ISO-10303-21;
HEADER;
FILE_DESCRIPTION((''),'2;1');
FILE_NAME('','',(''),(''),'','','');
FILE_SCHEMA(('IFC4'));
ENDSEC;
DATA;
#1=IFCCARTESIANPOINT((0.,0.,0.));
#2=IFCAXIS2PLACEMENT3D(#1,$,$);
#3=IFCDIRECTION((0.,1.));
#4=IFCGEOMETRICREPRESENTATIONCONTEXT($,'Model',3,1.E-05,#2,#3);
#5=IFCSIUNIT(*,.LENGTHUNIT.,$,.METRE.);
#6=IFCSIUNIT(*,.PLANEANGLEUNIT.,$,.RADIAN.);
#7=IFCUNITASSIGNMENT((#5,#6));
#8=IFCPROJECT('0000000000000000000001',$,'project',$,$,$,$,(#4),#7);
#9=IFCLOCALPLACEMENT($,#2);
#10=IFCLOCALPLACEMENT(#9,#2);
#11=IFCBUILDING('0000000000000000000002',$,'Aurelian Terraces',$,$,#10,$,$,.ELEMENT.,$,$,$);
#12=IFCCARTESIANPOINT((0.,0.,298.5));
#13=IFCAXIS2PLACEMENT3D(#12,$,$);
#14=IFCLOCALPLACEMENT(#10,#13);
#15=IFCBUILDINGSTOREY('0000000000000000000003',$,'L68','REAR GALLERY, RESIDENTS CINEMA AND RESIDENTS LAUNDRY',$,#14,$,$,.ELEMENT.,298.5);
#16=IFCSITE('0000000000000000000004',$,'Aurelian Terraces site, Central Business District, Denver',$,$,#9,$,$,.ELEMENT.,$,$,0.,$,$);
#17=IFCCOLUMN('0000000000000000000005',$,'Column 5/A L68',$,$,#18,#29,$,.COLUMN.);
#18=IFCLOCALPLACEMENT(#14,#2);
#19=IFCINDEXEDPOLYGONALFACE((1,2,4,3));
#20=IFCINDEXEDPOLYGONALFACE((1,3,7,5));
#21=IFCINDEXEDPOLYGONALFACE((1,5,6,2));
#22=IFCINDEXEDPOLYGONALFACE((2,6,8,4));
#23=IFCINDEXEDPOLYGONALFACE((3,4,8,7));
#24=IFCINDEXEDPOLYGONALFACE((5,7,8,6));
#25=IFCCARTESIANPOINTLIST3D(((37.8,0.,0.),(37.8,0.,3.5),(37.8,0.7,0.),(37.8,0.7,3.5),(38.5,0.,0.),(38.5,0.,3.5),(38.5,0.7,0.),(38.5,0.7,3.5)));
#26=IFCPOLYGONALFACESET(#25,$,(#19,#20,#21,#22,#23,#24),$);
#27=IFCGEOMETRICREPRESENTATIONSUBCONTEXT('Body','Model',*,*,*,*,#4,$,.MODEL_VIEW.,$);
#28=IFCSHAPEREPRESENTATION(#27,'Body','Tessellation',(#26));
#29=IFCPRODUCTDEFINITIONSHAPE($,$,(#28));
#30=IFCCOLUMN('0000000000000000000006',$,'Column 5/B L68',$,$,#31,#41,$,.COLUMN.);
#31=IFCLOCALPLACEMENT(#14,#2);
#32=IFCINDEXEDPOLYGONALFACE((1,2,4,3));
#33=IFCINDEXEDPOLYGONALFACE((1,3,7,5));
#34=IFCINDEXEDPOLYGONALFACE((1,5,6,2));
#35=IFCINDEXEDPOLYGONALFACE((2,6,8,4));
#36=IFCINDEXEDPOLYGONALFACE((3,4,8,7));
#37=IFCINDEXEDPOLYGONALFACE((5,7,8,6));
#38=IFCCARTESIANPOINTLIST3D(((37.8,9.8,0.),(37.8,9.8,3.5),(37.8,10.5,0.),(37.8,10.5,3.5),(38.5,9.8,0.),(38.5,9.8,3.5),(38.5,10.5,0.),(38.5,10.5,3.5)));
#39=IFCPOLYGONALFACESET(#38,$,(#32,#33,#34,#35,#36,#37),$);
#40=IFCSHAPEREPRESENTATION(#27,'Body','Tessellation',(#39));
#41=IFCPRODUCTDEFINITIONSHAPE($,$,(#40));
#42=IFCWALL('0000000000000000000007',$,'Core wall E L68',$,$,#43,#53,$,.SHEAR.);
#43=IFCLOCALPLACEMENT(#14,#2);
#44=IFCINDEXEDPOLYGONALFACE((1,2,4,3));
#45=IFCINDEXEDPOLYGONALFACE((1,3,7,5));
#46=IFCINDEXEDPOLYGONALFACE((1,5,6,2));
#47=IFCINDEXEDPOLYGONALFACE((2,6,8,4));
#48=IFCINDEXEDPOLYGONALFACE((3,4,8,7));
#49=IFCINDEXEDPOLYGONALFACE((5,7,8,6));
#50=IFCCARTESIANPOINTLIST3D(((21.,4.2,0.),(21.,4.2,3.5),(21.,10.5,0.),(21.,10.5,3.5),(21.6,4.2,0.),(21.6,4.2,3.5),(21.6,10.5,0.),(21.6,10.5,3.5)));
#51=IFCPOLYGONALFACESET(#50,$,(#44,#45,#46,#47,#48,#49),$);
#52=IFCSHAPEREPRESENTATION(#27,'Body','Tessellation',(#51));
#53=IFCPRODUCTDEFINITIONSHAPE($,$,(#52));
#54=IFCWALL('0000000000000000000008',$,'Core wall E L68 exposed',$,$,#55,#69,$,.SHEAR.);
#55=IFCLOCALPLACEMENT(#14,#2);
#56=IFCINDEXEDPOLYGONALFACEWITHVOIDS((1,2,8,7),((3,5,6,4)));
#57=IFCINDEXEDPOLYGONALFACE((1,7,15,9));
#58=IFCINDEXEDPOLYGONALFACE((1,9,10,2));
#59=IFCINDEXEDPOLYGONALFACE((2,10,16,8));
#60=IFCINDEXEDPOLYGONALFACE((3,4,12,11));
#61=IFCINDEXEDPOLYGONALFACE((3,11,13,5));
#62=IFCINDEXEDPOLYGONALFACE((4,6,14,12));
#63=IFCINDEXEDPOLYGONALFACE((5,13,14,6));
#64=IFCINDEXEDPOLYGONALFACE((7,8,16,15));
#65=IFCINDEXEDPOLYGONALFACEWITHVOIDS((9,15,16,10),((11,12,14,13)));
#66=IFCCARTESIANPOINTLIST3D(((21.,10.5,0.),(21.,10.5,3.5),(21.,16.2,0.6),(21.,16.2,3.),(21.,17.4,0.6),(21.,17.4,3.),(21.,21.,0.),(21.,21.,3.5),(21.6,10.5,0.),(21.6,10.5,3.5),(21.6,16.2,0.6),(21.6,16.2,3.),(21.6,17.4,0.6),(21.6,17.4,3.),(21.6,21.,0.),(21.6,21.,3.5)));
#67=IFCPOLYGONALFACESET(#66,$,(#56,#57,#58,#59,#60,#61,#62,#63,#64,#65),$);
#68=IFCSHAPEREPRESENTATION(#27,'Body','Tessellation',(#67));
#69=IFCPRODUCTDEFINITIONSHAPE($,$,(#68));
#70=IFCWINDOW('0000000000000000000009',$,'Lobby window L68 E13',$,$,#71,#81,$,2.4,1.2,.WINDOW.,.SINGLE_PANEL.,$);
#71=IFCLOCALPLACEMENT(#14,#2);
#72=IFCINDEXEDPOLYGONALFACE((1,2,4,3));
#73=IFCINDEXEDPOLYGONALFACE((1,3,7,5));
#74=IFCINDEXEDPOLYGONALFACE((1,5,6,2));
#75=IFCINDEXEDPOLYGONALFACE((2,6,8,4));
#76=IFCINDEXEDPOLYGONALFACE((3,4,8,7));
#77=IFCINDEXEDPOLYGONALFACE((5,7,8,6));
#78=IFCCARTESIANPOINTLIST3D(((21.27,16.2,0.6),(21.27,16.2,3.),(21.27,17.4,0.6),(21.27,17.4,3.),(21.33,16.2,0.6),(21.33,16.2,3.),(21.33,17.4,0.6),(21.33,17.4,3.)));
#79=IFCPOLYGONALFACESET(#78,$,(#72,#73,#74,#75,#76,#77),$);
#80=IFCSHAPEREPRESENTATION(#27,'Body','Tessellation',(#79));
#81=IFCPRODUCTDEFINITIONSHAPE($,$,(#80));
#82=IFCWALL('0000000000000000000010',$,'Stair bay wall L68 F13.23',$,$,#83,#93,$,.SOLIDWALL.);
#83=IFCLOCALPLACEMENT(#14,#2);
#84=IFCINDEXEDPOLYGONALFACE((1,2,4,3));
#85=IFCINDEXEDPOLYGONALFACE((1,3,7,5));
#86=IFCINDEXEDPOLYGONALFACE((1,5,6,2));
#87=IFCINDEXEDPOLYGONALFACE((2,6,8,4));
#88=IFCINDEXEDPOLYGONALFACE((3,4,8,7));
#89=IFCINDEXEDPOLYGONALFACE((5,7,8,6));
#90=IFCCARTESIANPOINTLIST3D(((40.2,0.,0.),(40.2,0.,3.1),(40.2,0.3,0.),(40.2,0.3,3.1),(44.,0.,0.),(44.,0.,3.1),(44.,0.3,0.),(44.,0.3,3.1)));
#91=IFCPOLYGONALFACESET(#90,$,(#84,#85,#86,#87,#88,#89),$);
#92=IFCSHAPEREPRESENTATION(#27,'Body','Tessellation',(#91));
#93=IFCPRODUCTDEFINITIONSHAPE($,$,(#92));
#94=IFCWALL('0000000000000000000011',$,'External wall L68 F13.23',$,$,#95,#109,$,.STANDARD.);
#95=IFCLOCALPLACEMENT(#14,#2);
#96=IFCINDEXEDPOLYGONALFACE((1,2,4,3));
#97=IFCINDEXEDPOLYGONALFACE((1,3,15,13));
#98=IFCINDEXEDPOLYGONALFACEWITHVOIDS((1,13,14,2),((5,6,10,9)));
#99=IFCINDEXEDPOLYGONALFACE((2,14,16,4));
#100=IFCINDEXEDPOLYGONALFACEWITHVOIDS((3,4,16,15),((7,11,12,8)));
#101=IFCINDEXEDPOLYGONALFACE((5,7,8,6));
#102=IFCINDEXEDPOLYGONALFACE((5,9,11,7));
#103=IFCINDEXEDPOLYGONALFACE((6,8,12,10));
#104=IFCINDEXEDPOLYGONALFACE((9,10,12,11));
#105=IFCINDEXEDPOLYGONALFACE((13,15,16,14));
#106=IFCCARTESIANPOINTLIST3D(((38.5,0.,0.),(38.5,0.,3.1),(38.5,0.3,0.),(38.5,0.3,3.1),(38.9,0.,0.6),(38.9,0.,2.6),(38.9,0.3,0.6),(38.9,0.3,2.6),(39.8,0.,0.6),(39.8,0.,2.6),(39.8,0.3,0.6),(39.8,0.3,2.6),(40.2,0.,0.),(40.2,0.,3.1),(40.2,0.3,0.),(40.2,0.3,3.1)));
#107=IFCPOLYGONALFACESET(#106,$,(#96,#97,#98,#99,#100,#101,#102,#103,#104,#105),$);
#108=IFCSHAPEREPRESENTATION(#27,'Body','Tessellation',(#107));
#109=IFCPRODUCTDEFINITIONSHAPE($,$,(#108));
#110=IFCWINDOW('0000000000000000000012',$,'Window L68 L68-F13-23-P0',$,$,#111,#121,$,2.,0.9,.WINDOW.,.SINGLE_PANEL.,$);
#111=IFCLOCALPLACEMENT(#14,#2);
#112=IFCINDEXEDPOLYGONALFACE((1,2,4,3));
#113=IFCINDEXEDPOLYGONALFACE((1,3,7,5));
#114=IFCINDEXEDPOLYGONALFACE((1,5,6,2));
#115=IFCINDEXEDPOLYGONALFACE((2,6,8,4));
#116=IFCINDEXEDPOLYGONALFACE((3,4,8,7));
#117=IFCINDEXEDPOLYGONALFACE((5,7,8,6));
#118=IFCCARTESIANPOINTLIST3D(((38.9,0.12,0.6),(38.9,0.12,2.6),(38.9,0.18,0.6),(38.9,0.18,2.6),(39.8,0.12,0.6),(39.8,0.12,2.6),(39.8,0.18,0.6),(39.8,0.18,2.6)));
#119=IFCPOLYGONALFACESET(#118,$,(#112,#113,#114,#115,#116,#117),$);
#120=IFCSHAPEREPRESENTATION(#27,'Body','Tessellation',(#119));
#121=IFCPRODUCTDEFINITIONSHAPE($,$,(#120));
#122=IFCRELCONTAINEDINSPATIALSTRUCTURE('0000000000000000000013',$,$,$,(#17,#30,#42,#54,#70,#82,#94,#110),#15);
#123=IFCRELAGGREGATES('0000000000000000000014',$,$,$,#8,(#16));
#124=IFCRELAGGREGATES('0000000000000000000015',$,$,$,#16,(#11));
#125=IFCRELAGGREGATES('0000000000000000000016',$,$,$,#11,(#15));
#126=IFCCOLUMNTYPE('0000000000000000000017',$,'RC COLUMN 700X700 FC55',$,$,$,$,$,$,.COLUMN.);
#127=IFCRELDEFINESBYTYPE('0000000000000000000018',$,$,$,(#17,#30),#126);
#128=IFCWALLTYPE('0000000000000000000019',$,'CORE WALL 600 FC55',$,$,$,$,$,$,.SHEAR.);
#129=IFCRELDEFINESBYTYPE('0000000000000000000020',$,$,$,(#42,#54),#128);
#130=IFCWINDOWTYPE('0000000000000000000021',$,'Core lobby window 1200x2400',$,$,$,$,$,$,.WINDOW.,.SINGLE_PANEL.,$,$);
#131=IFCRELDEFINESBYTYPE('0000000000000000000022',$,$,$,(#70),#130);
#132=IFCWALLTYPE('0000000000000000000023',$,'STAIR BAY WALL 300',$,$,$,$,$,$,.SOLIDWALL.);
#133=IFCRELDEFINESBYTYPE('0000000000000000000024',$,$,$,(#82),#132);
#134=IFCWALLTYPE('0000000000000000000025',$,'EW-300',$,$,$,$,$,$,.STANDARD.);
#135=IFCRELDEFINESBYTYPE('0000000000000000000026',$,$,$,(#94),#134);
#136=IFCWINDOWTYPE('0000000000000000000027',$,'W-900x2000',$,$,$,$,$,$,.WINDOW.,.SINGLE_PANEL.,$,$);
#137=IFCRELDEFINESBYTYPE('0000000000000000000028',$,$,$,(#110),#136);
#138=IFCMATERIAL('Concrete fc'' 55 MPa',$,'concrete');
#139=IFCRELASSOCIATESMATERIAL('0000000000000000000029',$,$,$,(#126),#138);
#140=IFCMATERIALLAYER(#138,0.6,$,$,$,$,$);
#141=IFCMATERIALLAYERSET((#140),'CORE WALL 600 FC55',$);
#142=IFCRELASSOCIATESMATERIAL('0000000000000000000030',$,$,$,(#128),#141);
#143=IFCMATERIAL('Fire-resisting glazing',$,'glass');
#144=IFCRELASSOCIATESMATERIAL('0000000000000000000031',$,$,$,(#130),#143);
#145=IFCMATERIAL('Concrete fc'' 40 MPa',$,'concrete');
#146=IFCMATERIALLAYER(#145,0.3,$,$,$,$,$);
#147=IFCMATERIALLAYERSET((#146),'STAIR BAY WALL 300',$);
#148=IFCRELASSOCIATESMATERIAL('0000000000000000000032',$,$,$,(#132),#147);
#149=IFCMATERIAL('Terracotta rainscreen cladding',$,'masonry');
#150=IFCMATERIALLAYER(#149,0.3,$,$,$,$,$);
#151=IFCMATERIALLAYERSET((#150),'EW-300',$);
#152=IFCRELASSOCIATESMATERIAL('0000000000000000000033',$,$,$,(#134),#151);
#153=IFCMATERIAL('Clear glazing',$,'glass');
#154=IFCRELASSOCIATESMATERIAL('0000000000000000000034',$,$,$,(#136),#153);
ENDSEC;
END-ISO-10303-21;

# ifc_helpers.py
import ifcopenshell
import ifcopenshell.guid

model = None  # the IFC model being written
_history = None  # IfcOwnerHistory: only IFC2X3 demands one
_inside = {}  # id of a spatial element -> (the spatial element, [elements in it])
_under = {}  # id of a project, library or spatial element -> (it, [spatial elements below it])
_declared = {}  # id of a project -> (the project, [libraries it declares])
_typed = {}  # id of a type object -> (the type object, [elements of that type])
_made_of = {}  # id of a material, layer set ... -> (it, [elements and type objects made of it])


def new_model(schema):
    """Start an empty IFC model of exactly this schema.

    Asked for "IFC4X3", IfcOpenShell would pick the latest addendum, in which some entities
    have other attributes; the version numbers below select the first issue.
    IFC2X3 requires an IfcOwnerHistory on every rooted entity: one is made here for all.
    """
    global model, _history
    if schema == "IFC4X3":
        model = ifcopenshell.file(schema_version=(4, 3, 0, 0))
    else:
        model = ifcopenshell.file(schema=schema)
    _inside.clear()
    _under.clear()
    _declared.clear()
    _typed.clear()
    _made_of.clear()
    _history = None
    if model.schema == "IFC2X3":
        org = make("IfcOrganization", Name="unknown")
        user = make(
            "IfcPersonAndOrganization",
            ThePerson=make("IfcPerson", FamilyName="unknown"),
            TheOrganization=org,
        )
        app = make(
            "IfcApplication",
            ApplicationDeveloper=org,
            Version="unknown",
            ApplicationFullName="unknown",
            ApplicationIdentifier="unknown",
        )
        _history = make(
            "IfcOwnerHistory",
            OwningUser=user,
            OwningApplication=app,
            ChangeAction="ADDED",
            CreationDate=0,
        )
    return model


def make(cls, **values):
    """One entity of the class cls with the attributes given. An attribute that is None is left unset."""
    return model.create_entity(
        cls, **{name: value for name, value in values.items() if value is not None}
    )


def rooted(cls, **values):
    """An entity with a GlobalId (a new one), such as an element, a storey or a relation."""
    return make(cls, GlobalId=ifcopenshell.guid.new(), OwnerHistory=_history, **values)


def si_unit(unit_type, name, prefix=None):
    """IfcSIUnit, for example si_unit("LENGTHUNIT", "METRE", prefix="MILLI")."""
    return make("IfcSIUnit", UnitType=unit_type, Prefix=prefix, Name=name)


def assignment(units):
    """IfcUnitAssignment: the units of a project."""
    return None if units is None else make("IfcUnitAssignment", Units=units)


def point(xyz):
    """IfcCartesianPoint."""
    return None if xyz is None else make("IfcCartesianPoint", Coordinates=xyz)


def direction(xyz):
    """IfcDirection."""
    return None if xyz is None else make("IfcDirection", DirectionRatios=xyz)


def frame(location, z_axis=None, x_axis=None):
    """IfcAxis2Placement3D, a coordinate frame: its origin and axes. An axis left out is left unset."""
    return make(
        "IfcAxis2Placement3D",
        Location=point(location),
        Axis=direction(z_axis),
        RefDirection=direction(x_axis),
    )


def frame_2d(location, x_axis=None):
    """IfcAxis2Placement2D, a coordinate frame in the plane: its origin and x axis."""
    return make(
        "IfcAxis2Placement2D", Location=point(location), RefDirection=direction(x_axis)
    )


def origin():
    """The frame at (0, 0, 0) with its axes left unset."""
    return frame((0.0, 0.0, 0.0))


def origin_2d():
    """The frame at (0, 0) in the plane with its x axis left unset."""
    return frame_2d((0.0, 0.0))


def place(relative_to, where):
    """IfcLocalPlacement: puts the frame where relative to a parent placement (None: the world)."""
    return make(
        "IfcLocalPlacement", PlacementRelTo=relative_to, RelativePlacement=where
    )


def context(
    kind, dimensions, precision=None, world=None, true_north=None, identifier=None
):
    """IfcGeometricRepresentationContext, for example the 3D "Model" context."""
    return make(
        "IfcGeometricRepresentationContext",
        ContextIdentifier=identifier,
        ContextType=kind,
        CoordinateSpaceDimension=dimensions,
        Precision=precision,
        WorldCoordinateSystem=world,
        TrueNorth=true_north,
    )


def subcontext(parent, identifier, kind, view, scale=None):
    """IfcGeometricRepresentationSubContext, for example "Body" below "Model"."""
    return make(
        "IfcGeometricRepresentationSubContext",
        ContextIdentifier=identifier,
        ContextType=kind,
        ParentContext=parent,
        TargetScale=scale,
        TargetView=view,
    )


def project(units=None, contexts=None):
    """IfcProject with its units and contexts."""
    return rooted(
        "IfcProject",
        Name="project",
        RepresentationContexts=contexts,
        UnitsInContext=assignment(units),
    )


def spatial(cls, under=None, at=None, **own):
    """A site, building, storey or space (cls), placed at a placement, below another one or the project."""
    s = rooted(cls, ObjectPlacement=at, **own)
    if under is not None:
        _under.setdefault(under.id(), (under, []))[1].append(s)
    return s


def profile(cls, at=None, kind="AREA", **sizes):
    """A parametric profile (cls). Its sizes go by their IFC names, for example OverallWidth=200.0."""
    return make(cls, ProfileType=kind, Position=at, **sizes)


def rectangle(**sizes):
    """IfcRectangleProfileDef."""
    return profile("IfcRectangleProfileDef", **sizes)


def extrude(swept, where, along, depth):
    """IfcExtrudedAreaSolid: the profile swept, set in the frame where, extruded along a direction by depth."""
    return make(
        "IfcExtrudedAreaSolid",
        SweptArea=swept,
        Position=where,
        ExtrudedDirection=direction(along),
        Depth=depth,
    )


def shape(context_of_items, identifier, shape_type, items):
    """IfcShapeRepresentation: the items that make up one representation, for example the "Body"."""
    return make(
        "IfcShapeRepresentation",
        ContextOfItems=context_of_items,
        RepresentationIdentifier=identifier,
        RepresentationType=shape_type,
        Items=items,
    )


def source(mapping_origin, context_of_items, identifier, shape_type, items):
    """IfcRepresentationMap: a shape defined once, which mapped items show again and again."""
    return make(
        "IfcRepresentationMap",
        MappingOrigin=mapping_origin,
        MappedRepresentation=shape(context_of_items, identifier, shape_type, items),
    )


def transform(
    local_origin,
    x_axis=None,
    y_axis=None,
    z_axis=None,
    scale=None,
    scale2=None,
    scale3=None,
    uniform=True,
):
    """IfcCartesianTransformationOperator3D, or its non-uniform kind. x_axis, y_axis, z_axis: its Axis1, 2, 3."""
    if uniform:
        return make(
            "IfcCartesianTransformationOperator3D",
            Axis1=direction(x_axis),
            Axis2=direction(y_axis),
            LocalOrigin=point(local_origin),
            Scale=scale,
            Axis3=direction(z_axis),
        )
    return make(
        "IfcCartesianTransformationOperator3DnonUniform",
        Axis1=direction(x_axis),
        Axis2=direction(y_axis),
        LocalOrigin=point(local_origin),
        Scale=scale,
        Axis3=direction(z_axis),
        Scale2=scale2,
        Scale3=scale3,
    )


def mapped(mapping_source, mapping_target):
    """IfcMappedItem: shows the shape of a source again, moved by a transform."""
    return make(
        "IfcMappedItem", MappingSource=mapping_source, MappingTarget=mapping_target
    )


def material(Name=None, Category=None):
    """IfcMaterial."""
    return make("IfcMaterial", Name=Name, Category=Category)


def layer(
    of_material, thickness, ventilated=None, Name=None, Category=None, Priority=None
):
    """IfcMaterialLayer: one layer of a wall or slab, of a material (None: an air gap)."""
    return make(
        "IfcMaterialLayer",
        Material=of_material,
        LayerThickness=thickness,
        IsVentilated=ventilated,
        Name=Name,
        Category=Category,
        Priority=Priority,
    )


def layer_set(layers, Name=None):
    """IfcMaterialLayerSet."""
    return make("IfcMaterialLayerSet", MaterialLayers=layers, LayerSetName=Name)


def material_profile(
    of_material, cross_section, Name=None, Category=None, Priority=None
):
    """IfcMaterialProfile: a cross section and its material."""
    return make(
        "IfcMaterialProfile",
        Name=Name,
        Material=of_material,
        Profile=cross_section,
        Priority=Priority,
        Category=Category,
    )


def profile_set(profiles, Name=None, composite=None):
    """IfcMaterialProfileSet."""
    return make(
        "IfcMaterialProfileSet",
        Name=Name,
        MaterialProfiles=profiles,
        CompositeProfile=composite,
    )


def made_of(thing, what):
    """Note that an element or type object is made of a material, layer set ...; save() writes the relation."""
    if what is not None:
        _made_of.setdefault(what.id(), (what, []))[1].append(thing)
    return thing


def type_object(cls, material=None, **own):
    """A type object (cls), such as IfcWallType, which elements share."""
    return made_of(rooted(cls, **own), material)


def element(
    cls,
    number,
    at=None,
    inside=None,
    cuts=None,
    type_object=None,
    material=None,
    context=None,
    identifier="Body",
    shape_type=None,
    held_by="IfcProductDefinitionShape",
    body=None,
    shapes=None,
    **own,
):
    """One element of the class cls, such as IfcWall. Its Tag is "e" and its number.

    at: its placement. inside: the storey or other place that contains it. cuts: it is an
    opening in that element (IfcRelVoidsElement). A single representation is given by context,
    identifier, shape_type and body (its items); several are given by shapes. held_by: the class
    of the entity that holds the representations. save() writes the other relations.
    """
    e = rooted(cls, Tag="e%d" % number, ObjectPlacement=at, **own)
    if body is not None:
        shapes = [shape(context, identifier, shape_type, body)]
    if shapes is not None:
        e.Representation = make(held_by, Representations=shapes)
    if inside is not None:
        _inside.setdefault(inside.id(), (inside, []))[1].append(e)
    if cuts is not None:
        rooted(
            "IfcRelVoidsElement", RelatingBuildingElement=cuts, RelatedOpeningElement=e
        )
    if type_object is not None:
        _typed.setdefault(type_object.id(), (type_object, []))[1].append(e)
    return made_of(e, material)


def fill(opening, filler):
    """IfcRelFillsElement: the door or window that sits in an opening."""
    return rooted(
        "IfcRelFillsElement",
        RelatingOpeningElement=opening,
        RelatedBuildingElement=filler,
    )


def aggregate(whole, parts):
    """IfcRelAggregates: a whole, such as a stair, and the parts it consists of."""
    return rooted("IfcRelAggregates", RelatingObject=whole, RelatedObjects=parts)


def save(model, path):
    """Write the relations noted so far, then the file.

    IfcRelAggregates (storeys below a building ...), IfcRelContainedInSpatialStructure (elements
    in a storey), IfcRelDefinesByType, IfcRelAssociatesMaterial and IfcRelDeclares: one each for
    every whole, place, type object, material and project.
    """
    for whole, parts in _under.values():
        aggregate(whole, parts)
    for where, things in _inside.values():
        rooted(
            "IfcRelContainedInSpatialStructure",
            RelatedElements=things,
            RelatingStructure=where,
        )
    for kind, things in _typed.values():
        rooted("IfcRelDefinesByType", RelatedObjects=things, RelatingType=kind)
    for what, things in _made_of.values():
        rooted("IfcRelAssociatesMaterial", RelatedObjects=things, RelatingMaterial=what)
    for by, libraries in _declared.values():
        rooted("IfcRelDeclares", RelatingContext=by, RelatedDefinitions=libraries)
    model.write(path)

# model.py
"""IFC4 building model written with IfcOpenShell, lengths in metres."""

from ifc_helpers import new_model, si_unit, direction, frame, frame_2d, origin, origin_2d, place, context, subcontext, project, spatial, rectangle, extrude, source, transform, mapped, material, layer, layer_set, material_profile, profile_set, type_object, element, fill, save


model = new_model("IFC4")

# Units and contexts
model_context = context("Model", 3, precision=1e-05, world=origin(), true_north=direction((0.0, 1.0)))
body_context = subcontext(model_context, "Body", "Model", "MODEL_VIEW")
ifc_project = project(units=[si_unit("LENGTHUNIT", "METRE"), si_unit("PLANEANGLEUNIT", "RADIAN")], contexts=[model_context])

# Site, building, storey
site_placement = place(None, origin())
site = spatial("IfcSite", under=ifc_project, at=site_placement, Name="Aurelian Terraces site, Central Business District, Denver", CompositionType="ELEMENT", RefElevation=0.0)
building_placement = place(site_placement, origin())
building = spatial("IfcBuilding", under=site, at=building_placement, Name="Aurelian Terraces", CompositionType="ELEMENT")
storey_placement = place(building_placement, frame((0.0, 0.0, 298.5)))
storey = spatial("IfcBuildingStorey", under=building, at=storey_placement, Name="L68", Description="REAR GALLERY, RESIDENTS CINEMA AND RESIDENTS LAUNDRY", CompositionType="ELEMENT", Elevation=298.5)

# Columns
ifc_material_1 = material(Name="Concrete fc' 55 MPa", Category="concrete")
ifc_material_profile = material_profile(ifc_material_1, rectangle(XDim=0.7, YDim=0.7, at=origin_2d()))
ifc_profile_set = profile_set([ifc_material_profile], Name="Concrete fc' 55 MPa")
column_type = type_object("IfcColumnType", Name="RC COLUMN 700X700 FC55", PredefinedType="COLUMN", material=ifc_profile_set)
shared_shape_1 = source(origin(), body_context, "Body", "SweptSolid", [
    extrude(rectangle(XDim=0.7, YDim=0.7, at=origin_2d()), origin(), (0.0, 0.0, 1.0), 3.5),
])
for number, where, z_axis, x_axis, name in (
    (1, (38.15, 0.35, 0.0), (0.0, 0.0, 1.0), (1.0, 0.0, 0.0), "Column 5/A L68"),
    (2, (38.15, 10.15, 0.0), (0.0, 0.0, 1.0), (1.0, 0.0, 0.0), "Column 5/B L68"),
):
    element("IfcColumn", number, at=place(storey_placement, frame(where, z_axis=z_axis, x_axis=x_axis)), inside=storey, type_object=column_type, Name=name, PredefinedType="COLUMN", context=body_context, shape_type="MappedRepresentation", body=[
        mapped(shared_shape_1, transform((0.0, 0.0, 0.0), scale=1.0)),
    ])

# Wall
ifc_layer_1 = layer(ifc_material_1, 0.6)
ifc_layer_set_1 = layer_set([ifc_layer_1], Name="CORE WALL 600 FC55")
wall_type_1 = type_object("IfcWallType", Name="CORE WALL 600 FC55", PredefinedType="SHEAR", material=ifc_layer_set_1)
shared_shape_2 = source(origin(), body_context, "Body", "SweptSolid", [
    extrude(rectangle(XDim=6.3, YDim=0.6, at=frame_2d((3.15, 0.0))), origin(), (0.0, 0.0, 1.0), 3.5),
])
wall_1_placement = place(storey_placement, frame((21.3, 4.2, 0.0), z_axis=(0.0, 0.0, 1.0), x_axis=(0.0, 1.0, 0.0)))
element("IfcWall", 3, at=wall_1_placement, inside=storey, type_object=wall_type_1, Name="Core wall E L68", PredefinedType="SHEAR", context=body_context, shape_type="MappedRepresentation", body=[
    mapped(shared_shape_2, transform((0.0, 0.0, 0.0), scale=1.0)),
])

# Wall, opening, window
shared_shape_3 = source(origin(), body_context, "Body", "SweptSolid", [
    extrude(rectangle(XDim=10.5, YDim=0.6, at=frame_2d((5.25, 0.0))), origin(), (0.0, 0.0, 1.0), 3.5),
])
wall_2_placement = place(storey_placement, frame((21.3, 10.5, 0.0), z_axis=(0.0, 0.0, 1.0), x_axis=(0.0, 1.0, 0.0)))
wall_2 = element("IfcWall", 4, at=wall_2_placement, inside=storey, type_object=wall_type_1, Name="Core wall E L68 exposed", PredefinedType="SHEAR", context=body_context, shape_type="MappedRepresentation", body=[
    mapped(shared_shape_3, transform((0.0, 0.0, 0.0), scale=1.0)),
])
shared_shape_4 = source(origin(), body_context, "Body", "SweptSolid", [
    extrude(rectangle(XDim=1.2, YDim=2.4, at=frame_2d((0.6, 1.2))), frame((0.0, 0.31, 0.0), z_axis=(0.0, -1.0, 0.0), x_axis=(1.0, 0.0, 0.0)), (0.0, 0.0, 1.0), 0.62),
])
opening_1_placement = place(wall_2_placement, frame((5.7, 0.0, 0.6)))
opening_1 = element("IfcOpeningElement", 5, at=opening_1_placement, cuts=wall_2, PredefinedType="OPENING", context=body_context, shape_type="MappedRepresentation", body=[
    mapped(shared_shape_4, transform((0.0, 0.0, 0.0), scale=1.0)),
])
ifc_material_2 = material(Name="Fire-resisting glazing", Category="glass")
window_type_1 = type_object("IfcWindowType", Name="Core lobby window 1200x2400", PartitioningType="SINGLE_PANEL", PredefinedType="WINDOW", material=ifc_material_2)
shared_shape_5 = source(origin(), body_context, "Body", "SweptSolid", [
    extrude(rectangle(XDim=1.2, YDim=2.4, at=frame_2d((0.6, 1.2))), frame((0.0, 0.03, 0.0), z_axis=(0.0, -1.0, 0.0), x_axis=(1.0, 0.0, 0.0)), (0.0, 0.0, 1.0), 0.06),
])
window_1_placement = place(opening_1_placement, origin())
window_1 = element("IfcWindow", 6, at=window_1_placement, inside=storey, type_object=window_type_1, Name="Lobby window L68 E13", OverallHeight=2.4, OverallWidth=1.2, PartitioningType="SINGLE_PANEL", PredefinedType="WINDOW", context=body_context, shape_type="MappedRepresentation", body=[
    mapped(shared_shape_5, transform((0.0, 0.0, 0.0), scale=1.0)),
])
fill(opening_1, window_1)

# Wall
ifc_material_3 = material(Name="Concrete fc' 40 MPa", Category="concrete")
ifc_layer_2 = layer(ifc_material_3, 0.3)
ifc_layer_set_2 = layer_set([ifc_layer_2], Name="STAIR BAY WALL 300")
wall_type_2 = type_object("IfcWallType", Name="STAIR BAY WALL 300", PredefinedType="SOLIDWALL", material=ifc_layer_set_2)
shared_shape_6 = source(origin(), body_context, "Body", "SweptSolid", [
    extrude(rectangle(XDim=3.8, YDim=0.3, at=frame_2d((1.9, 0.0))), origin(), (0.0, 0.0, 1.0), 3.1),
])
wall_3_placement = place(storey_placement, frame((40.2, 0.15, 0.0), z_axis=(0.0, 0.0, 1.0), x_axis=(1.0, 0.0, 0.0)))
element("IfcWall", 7, at=wall_3_placement, inside=storey, type_object=wall_type_2, Name="Stair bay wall L68 F13.23", PredefinedType="SOLIDWALL", context=body_context, shape_type="MappedRepresentation", body=[
    mapped(shared_shape_6, transform((0.0, 0.0, 0.0), scale=1.0)),
])

# Wall, opening, window
ifc_material_4 = material(Name="Terracotta rainscreen cladding", Category="masonry")
ifc_layer_3 = layer(ifc_material_4, 0.3)
ifc_layer_set_3 = layer_set([ifc_layer_3], Name="EW-300")
wall_type_3 = type_object("IfcWallType", Name="EW-300", PredefinedType="STANDARD", material=ifc_layer_set_3)
shared_shape_7 = source(origin(), body_context, "Body", "SweptSolid", [
    extrude(rectangle(XDim=1.7, YDim=0.3, at=frame_2d((0.85, 0.0))), origin(), (0.0, 0.0, 1.0), 3.1),
])
wall_4_placement = place(storey_placement, frame((38.5, 0.15, 0.0), z_axis=(0.0, 0.0, 1.0), x_axis=(1.0, 0.0, 0.0)))
wall_4 = element("IfcWall", 8, at=wall_4_placement, inside=storey, type_object=wall_type_3, Name="External wall L68 F13.23", PredefinedType="STANDARD", context=body_context, shape_type="MappedRepresentation", body=[
    mapped(shared_shape_7, transform((0.0, 0.0, 0.0), scale=1.0)),
])
shared_shape_8 = source(origin(), body_context, "Body", "SweptSolid", [
    extrude(rectangle(XDim=0.9, YDim=2.0, at=frame_2d((0.45, 1.0))), frame((0.0, 0.16, 0.0), z_axis=(0.0, -1.0, 0.0), x_axis=(1.0, 0.0, 0.0)), (0.0, 0.0, 1.0), 0.32),
])
opening_2_placement = place(wall_4_placement, frame((0.4, 0.0, 0.6)))
opening_2 = element("IfcOpeningElement", 9, at=opening_2_placement, cuts=wall_4, PredefinedType="OPENING", context=body_context, shape_type="MappedRepresentation", body=[
    mapped(shared_shape_8, transform((0.0, 0.0, 0.0), scale=1.0)),
])
ifc_material_5 = material(Name="Clear glazing", Category="glass")
window_type_2 = type_object("IfcWindowType", Name="W-900x2000", PartitioningType="SINGLE_PANEL", PredefinedType="WINDOW", material=ifc_material_5)
shared_shape_9 = source(origin(), body_context, "Body", "SweptSolid", [
    extrude(rectangle(XDim=0.9, YDim=2.0, at=frame_2d((0.45, 1.0))), frame((0.0, 0.03, 0.0), z_axis=(0.0, -1.0, 0.0), x_axis=(1.0, 0.0, 0.0)), (0.0, 0.0, 1.0), 0.06),
])
window_2_placement = place(opening_2_placement, origin())
window_2 = element("IfcWindow", 10, at=window_2_placement, inside=storey, type_object=window_type_2, Name="Window L68 L68-F13-23-P0", OverallHeight=2.0, OverallWidth=0.9, PartitioningType="SINGLE_PANEL", PredefinedType="WINDOW", context=body_context, shape_type="MappedRepresentation", body=[
    mapped(shared_shape_9, transform((0.0, 0.0, 0.0), scale=1.0)),
])
fill(opening_2, window_2)

save(model, "model.ifc")
